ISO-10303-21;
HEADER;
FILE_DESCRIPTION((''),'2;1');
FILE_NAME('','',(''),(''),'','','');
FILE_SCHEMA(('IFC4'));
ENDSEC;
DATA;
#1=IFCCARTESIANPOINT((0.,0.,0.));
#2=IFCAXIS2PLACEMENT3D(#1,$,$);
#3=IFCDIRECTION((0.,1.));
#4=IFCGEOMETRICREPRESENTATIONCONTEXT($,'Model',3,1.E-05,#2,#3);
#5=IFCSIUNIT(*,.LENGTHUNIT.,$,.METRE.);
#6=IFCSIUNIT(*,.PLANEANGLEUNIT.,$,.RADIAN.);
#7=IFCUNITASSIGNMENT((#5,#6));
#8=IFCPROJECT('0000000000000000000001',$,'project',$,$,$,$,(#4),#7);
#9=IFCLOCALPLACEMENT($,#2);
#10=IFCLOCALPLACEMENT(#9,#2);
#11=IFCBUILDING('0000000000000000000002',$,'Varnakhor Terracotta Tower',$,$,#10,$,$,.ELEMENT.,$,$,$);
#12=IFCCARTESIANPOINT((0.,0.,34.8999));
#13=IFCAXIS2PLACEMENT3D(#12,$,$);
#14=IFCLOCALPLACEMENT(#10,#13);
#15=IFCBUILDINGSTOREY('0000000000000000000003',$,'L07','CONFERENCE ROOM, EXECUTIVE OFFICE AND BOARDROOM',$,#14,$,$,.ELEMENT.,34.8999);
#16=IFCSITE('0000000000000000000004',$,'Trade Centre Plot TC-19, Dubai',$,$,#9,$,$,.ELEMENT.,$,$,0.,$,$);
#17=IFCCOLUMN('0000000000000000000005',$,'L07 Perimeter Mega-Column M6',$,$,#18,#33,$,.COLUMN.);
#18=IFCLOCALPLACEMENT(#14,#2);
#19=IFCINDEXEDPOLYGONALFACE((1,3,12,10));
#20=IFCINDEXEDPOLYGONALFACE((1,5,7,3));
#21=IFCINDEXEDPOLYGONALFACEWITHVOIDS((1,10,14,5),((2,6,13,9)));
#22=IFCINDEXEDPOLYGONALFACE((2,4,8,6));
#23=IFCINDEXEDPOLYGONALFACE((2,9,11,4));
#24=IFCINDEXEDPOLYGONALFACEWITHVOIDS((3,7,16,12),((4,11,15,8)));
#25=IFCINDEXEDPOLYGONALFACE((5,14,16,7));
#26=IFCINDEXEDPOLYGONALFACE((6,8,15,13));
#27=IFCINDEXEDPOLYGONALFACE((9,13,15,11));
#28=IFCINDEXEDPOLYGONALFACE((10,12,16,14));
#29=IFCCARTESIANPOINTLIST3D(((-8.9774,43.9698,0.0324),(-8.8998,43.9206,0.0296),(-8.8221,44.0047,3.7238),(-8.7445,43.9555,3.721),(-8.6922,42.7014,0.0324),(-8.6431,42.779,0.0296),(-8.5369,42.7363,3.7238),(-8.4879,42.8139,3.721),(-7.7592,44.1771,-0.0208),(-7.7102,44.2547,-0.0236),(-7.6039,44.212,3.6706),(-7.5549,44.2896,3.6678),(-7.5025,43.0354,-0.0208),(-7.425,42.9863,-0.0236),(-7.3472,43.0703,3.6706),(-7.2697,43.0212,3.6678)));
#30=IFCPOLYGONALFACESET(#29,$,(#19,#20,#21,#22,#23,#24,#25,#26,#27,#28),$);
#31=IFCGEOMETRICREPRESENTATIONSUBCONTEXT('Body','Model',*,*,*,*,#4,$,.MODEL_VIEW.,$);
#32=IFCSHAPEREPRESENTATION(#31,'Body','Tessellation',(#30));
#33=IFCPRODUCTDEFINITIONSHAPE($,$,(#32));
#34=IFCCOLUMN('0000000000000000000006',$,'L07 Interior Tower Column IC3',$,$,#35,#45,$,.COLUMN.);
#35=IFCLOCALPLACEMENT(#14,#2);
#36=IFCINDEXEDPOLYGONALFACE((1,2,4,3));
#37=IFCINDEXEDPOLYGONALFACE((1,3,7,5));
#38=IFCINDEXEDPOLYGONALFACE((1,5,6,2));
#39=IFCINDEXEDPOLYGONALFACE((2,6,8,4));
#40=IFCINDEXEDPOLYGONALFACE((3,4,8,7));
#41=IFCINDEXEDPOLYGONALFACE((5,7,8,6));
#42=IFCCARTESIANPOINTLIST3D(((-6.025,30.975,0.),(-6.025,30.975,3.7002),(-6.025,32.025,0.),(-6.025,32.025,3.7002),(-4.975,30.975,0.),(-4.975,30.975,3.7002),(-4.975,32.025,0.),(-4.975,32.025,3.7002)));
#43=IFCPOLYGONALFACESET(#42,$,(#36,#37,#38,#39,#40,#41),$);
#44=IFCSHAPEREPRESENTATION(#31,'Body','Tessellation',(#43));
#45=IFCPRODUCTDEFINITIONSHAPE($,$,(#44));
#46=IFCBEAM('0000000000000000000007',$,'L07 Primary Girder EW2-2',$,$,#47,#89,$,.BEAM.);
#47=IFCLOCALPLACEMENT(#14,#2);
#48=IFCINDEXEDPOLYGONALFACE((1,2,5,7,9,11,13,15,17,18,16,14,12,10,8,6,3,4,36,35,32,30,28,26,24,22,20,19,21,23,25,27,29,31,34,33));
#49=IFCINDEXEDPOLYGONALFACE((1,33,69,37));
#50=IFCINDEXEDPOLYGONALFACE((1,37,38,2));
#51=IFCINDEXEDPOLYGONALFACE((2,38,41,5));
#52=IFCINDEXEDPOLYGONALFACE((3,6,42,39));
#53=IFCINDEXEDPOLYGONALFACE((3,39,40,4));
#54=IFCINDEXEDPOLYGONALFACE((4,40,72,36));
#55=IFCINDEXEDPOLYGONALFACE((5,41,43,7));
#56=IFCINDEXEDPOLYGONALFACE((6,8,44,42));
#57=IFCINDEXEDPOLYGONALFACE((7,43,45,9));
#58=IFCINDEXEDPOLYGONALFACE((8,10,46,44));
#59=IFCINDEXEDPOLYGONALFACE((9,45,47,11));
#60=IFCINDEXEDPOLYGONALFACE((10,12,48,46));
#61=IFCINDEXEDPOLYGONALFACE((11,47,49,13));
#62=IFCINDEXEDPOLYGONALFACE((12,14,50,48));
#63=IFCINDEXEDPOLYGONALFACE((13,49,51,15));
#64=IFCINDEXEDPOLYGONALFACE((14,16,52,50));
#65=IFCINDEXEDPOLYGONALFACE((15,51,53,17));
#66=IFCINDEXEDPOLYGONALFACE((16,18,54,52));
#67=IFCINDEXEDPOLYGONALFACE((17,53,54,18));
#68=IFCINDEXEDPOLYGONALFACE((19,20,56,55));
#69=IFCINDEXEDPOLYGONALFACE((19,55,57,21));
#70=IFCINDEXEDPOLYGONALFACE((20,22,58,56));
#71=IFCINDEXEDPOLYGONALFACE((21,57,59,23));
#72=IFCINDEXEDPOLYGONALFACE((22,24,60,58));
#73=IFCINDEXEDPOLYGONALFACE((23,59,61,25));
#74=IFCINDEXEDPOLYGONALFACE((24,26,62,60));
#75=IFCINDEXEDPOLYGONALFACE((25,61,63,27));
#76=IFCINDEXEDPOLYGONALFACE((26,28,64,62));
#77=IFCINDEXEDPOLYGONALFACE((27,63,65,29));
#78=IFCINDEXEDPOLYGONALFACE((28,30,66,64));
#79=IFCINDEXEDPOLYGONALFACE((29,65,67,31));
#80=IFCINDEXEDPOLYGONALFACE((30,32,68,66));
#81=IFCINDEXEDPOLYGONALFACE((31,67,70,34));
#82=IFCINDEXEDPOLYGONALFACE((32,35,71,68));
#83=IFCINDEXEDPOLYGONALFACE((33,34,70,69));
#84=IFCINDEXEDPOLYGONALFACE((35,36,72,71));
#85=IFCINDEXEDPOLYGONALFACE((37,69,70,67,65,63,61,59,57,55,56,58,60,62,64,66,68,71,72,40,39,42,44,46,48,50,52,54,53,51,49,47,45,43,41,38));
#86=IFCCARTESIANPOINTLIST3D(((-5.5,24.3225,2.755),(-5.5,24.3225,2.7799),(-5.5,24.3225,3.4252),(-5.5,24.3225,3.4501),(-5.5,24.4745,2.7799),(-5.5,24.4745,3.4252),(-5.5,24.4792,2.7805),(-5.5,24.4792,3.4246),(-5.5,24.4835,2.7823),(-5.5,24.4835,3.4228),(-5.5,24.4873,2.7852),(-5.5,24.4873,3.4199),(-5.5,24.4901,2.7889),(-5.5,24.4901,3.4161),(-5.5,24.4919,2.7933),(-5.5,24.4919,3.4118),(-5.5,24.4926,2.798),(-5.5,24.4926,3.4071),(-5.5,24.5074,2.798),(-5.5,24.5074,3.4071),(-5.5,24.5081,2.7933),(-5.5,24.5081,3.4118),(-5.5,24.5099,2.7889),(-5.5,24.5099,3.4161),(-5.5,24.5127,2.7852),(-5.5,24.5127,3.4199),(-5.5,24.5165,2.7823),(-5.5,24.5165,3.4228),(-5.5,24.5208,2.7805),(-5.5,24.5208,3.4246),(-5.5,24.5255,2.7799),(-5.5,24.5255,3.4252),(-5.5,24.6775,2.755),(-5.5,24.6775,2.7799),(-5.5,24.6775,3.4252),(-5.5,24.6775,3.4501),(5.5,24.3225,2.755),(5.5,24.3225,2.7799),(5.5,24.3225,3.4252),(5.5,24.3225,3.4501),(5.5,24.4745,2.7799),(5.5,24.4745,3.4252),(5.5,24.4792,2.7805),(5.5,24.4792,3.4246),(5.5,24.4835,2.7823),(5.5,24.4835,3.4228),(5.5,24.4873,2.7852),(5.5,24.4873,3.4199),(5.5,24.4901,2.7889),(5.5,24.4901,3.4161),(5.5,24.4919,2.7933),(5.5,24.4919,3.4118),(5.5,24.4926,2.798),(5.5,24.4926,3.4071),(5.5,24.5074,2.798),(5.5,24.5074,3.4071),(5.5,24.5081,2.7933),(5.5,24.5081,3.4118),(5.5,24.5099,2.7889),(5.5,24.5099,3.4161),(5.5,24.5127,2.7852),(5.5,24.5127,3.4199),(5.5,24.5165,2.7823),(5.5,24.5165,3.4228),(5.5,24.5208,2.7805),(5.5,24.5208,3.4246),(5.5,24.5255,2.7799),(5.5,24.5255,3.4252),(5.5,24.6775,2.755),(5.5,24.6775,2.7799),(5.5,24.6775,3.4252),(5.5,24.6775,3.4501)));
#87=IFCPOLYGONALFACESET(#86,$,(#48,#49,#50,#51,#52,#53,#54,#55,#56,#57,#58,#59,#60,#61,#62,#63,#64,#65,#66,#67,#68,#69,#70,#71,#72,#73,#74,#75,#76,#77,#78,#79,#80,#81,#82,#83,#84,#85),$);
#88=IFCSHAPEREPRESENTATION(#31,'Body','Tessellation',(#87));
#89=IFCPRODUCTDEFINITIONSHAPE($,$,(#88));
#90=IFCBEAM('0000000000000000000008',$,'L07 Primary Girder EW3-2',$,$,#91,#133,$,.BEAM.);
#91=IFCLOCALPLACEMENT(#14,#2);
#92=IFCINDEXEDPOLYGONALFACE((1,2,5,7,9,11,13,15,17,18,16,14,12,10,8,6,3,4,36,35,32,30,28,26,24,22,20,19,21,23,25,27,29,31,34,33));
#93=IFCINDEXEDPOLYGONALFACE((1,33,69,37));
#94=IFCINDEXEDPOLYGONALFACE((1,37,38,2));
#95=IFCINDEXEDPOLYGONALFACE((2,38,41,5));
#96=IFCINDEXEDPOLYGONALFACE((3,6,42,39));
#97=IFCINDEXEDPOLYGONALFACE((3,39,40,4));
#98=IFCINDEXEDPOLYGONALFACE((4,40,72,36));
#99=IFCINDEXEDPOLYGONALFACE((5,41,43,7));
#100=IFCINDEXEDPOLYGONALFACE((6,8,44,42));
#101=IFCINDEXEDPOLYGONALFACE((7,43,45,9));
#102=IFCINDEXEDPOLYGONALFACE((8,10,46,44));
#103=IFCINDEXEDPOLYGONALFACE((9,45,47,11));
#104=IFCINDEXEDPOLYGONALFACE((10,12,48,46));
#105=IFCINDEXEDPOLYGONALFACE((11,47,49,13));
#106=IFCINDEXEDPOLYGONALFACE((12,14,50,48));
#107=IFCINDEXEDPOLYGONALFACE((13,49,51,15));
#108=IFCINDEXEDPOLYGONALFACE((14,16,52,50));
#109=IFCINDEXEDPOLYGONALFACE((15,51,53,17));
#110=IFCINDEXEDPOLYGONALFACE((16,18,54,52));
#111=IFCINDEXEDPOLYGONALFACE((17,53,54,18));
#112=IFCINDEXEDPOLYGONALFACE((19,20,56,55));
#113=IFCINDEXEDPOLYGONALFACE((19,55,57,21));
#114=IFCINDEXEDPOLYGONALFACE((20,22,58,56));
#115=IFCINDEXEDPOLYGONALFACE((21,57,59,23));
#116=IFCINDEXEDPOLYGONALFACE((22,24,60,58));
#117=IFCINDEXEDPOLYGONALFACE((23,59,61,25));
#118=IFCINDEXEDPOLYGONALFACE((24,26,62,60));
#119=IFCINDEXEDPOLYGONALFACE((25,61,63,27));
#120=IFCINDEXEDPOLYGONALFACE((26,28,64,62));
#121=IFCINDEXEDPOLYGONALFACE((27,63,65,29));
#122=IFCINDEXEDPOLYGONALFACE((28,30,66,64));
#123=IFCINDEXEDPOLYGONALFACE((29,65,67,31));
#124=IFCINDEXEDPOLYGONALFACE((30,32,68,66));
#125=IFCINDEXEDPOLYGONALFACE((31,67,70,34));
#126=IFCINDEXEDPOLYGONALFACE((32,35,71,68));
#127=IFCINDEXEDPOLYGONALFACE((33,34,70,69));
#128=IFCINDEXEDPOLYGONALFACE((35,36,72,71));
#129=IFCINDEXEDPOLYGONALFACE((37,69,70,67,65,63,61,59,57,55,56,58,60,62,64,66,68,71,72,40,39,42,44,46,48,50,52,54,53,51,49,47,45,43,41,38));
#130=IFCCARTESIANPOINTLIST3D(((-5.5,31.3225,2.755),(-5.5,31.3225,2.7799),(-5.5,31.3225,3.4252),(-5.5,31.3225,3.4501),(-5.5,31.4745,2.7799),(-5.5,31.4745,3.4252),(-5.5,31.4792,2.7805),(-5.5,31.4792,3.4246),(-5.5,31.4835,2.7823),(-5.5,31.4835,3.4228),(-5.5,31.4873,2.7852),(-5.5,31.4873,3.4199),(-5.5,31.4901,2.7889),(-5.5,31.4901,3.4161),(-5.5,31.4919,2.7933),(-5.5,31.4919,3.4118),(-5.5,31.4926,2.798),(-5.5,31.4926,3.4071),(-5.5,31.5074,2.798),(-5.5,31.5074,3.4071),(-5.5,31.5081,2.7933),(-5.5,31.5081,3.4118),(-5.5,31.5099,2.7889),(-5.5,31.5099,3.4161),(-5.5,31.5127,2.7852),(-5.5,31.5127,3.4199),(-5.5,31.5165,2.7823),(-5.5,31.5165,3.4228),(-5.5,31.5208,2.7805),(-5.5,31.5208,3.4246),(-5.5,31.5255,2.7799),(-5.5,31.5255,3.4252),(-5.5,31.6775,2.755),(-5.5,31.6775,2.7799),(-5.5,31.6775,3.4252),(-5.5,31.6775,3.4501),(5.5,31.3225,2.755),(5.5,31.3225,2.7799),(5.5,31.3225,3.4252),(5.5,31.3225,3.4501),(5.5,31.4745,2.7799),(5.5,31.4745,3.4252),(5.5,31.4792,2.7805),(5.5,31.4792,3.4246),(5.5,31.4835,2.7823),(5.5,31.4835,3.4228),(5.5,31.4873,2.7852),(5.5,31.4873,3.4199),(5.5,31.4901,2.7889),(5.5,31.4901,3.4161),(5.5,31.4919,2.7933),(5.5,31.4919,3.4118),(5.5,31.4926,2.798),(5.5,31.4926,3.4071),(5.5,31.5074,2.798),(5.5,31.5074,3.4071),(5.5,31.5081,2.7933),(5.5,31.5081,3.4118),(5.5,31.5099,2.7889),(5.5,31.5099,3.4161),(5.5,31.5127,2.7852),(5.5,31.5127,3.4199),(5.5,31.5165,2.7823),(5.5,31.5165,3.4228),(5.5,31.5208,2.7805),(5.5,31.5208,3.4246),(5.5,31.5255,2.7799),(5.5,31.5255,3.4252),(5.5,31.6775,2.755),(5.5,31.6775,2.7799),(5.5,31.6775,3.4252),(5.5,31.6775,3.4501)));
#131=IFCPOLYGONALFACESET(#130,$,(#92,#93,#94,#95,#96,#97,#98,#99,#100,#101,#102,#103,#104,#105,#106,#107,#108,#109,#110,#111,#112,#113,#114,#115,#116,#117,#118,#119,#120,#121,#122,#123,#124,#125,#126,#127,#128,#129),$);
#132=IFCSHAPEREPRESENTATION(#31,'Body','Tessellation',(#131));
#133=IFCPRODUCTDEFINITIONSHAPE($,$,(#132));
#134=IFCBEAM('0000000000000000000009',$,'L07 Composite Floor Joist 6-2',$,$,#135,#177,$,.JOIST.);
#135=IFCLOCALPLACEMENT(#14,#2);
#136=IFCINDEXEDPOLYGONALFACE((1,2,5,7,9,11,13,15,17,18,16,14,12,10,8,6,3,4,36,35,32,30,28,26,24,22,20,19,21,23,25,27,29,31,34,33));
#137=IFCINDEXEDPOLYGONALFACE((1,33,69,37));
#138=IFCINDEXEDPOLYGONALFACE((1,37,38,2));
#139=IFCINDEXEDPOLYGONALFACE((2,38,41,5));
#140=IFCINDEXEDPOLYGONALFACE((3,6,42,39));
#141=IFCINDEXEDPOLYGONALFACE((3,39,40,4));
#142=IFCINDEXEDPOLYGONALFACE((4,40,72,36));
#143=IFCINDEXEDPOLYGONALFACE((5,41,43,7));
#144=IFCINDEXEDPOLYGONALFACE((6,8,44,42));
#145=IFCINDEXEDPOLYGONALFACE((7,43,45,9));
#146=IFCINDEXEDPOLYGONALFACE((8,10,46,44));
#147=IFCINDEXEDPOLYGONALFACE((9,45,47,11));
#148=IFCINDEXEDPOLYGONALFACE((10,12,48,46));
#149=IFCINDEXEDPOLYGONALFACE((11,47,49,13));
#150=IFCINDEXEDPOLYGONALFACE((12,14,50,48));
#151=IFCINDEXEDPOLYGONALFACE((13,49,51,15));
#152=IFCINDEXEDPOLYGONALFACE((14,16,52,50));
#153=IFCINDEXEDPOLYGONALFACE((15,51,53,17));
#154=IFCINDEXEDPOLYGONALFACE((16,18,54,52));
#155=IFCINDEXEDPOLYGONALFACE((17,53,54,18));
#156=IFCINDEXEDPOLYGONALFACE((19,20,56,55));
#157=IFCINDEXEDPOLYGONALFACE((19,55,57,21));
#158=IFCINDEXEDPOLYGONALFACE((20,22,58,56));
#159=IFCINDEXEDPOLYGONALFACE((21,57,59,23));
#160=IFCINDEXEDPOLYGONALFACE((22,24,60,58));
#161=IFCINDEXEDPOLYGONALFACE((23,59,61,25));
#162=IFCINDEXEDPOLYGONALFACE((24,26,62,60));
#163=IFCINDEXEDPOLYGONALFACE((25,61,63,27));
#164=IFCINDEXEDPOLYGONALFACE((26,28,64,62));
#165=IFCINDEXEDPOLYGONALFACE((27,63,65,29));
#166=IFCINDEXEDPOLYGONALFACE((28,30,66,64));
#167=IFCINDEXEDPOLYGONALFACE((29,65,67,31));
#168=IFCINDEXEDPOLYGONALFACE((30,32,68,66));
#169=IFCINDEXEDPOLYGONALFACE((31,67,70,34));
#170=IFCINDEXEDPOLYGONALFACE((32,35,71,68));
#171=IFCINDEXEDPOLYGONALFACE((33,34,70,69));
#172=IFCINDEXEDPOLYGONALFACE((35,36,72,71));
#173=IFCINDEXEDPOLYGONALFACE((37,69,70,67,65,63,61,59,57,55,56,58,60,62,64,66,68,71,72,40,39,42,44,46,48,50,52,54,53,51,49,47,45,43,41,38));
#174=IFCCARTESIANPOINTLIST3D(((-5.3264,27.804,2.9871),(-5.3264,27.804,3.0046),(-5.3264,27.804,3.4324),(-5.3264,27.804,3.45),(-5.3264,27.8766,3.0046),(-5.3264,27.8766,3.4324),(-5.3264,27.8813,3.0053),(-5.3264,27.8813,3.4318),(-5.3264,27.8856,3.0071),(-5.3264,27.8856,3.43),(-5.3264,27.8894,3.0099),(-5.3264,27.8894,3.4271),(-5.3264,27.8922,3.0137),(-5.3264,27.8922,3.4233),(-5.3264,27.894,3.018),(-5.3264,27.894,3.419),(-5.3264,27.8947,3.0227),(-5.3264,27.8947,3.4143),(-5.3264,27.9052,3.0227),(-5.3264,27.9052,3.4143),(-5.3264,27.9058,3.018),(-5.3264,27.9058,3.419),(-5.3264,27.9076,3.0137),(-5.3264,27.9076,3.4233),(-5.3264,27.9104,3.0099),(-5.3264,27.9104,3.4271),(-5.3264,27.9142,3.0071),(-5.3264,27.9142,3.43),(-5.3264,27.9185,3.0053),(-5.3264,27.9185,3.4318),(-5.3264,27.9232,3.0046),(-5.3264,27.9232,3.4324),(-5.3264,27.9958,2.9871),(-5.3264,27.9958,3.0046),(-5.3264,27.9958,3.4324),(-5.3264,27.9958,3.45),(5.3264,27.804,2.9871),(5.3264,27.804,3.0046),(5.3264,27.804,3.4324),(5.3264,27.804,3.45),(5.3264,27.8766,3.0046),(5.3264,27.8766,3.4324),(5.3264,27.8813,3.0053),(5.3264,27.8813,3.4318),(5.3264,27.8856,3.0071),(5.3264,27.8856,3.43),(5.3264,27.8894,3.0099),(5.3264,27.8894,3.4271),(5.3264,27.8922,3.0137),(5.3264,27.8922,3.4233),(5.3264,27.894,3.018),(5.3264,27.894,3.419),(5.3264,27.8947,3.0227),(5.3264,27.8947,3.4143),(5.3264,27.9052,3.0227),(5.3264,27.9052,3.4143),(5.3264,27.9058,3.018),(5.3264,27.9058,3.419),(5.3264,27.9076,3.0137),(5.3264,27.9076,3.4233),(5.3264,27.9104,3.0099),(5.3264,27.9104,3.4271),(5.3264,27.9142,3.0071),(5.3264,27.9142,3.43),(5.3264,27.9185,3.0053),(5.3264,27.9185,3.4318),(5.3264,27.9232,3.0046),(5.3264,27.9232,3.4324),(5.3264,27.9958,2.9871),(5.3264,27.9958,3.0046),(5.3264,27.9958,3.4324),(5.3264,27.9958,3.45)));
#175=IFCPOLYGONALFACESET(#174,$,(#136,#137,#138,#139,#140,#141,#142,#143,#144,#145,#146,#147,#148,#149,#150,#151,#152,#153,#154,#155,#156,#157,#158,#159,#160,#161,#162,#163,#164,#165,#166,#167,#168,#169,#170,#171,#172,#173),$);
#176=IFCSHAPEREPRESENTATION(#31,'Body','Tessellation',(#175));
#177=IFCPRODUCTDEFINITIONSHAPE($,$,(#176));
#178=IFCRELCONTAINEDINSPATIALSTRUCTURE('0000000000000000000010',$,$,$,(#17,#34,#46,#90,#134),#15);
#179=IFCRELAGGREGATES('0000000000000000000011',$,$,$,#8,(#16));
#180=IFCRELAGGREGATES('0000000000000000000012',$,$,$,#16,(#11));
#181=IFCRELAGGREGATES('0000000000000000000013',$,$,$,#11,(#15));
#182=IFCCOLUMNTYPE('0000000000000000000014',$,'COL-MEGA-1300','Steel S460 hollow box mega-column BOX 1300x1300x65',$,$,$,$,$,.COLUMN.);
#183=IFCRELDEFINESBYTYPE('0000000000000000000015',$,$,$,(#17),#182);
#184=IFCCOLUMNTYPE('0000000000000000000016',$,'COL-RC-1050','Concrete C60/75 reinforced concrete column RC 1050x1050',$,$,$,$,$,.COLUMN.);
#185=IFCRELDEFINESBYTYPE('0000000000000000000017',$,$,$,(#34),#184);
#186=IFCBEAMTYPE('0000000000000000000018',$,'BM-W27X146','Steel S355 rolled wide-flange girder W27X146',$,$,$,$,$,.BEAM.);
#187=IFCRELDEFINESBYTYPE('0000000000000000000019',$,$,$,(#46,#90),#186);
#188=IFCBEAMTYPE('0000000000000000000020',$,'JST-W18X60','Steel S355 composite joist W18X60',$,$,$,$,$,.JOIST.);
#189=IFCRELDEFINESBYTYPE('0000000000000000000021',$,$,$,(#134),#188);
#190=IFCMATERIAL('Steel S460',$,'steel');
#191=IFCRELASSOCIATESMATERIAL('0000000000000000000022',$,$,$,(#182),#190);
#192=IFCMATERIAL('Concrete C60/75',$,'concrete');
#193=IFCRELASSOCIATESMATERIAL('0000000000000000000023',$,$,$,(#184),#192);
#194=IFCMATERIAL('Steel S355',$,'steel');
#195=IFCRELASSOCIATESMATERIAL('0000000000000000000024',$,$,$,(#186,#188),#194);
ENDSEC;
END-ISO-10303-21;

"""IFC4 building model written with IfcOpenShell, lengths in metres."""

from ifc_helpers import new_model, si_unit, direction, frame, origin, origin_2d, place, context, subcontext, project, spatial, rectangle, hollow_rectangle, i_section, extrude, source, transform, mapped, material, material_profile, profile_set, type_object, element, save


model = new_model("IFC4")

# Units and contexts
model_context = context("Model", 3, precision=1e-05, world=origin(), true_north=direction((0.0, 1.0)))
body_context = subcontext(model_context, "Body", "Model", "MODEL_VIEW")
ifc_project = project(units=[si_unit("LENGTHUNIT", "METRE"), si_unit("PLANEANGLEUNIT", "RADIAN")], contexts=[model_context])

# Site, building, storey
site_placement = place(None, origin())
site = spatial("IfcSite", under=ifc_project, at=site_placement, Name="Trade Centre Plot TC-19, Dubai", CompositionType="ELEMENT", RefElevation=0.0)
building_placement = place(site_placement, origin())
building = spatial("IfcBuilding", under=site, at=building_placement, Name="Varnakhor Terracotta Tower", CompositionType="ELEMENT")
storey_placement = place(building_placement, frame((0.0, 0.0, 34.8999)))
storey = spatial("IfcBuildingStorey", under=building, at=storey_placement, Name="L07", Description="CONFERENCE ROOM, EXECUTIVE OFFICE AND BOARDROOM", CompositionType="ELEMENT", Elevation=34.8999)

# Columns
ifc_material_1 = material(Name="Steel S460", Category="steel")
ifc_material_profile_1 = material_profile(ifc_material_1, hollow_rectangle(XDim=1.3, YDim=1.3, WallThickness=0.0649, at=origin_2d()), Name="BOX 1300x1300x65")
ifc_profile_set_1 = profile_set([ifc_material_profile_1], Name="Steel S460")
column_type_1 = type_object("IfcColumnType", Name="COL-MEGA-1300", Description="Steel S460 hollow box mega-column BOX 1300x1300x65", PredefinedType="COLUMN", material=ifc_profile_set_1)
shared_shape_1 = source(origin(), body_context, "Body", "SweptSolid", [
    extrude(hollow_rectangle(XDim=1.3, YDim=1.3, WallThickness=0.0649, at=origin_2d()), origin(), (0.0, 0.0, 1.0), 3.6948),
])
column_1_placement = place(storey_placement, frame((-8.2012, 43.478, 0.0044), z_axis=(0.042024, 0.009449, 0.999072), x_axis=(-0.219366, 0.975643, 0.0)))
element("IfcColumn", 1, at=column_1_placement, inside=storey, type_object=column_type_1, Name="L07 Perimeter Mega-Column M6", PredefinedType="COLUMN", context=body_context, shape_type="MappedRepresentation", body=[
    mapped(shared_shape_1, transform((0.0, 0.0, 0.0), scale=1.0)),
])
ifc_material_2 = material(Name="Concrete C60/75", Category="concrete")
ifc_material_profile_2 = material_profile(ifc_material_2, rectangle(XDim=1.05, YDim=1.05, at=origin_2d()), Name="RC 1050x1050")
ifc_profile_set_2 = profile_set([ifc_material_profile_2], Name="Concrete C60/75")
column_type_2 = type_object("IfcColumnType", Name="COL-RC-1050", Description="Concrete C60/75 reinforced concrete column RC 1050x1050", PredefinedType="COLUMN", material=ifc_profile_set_2)
shared_shape_2 = source(origin(), body_context, "Body", "SweptSolid", [
    extrude(rectangle(XDim=1.05, YDim=1.05, at=origin_2d()), origin(), (0.0, 0.0, 1.0), 3.7002),
])
column_2_placement = place(storey_placement, frame((-5.5, 31.5, 0.0), z_axis=(0.0, 0.0, 1.0), x_axis=(1.0, 0.0, 0.0)))
element("IfcColumn", 2, at=column_2_placement, inside=storey, type_object=column_type_2, Name="L07 Interior Tower Column IC3", PredefinedType="COLUMN", context=body_context, shape_type="MappedRepresentation", body=[
    mapped(shared_shape_2, transform((0.0, 0.0, 0.0), scale=1.0)),
])

# Beams
ifc_material_3 = material(Name="Steel S355", Category="steel")
ifc_material_profile_3 = material_profile(ifc_material_3, i_section(OverallWidth=0.355, OverallDepth=0.6951, WebThickness=0.0149, FlangeThickness=0.0249, FilletRadius=0.0181, at=origin_2d()), Name="W27X146")
ifc_profile_set_3 = profile_set([ifc_material_profile_3], Name="Steel S355")
beam_type_1 = type_object("IfcBeamType", Name="BM-W27X146", Description="Steel S355 rolled wide-flange girder W27X146", PredefinedType="BEAM", material=ifc_profile_set_3)
shared_shape_3 = source(origin(), body_context, "Body", "SweptSolid", [
    extrude(i_section(OverallWidth=0.355, OverallDepth=0.6951, WebThickness=0.0149, FlangeThickness=0.0249, FilletRadius=0.0181, at=origin_2d()), origin(), (0.0, 0.0, 1.0), 11.0),
])
for number, where, z_axis, x_axis, name in (
    (3, (-5.5, 24.5, 3.1025), (1.0, 0.0, 0.0), (0.0, 1.0, 0.0), "L07 Primary Girder EW2-2"),
    (4, (-5.5, 31.5, 3.1025), (1.0, 0.0, 0.0), (0.0, 1.0, 0.0), "L07 Primary Girder EW3-2"),
):
    element("IfcBeam", number, at=place(storey_placement, frame(where, z_axis=z_axis, x_axis=x_axis)), inside=storey, type_object=beam_type_1, Name=name, PredefinedType="BEAM", context=body_context, shape_type="MappedRepresentation", body=[
        mapped(shared_shape_3, transform((0.0, 0.0, 0.0), scale=1.0)),
    ])
ifc_material_profile_4 = material_profile(ifc_material_3, i_section(OverallWidth=0.1919, OverallDepth=0.4629, WebThickness=0.0105, FlangeThickness=0.0176, FilletRadius=0.0181, at=origin_2d()), Name="W18X60")
ifc_profile_set_4 = profile_set([ifc_material_profile_4], Name="Steel S355")
beam_type_2 = type_object("IfcBeamType", Name="JST-W18X60", Description="Steel S355 composite joist W18X60", PredefinedType="JOIST", material=ifc_profile_set_4)
shared_shape_4 = source(origin(), body_context, "Body", "SweptSolid", [
    extrude(i_section(OverallWidth=0.1919, OverallDepth=0.4629, WebThickness=0.0105, FlangeThickness=0.0176, FilletRadius=0.0181, at=origin_2d()), origin(), (0.0, 0.0, 1.0), 10.6528),
])
for number, where, z_axis, x_axis, name in (
    (5, (-5.3264, 27.8999, 3.2185), (1.0, 0.0, 0.0), (0.0, 1.0, 0.0), "L07 Composite Floor Joist 6-2"),
):
    element("IfcBeam", number, at=place(storey_placement, frame(where, z_axis=z_axis, x_axis=x_axis)), inside=storey, type_object=beam_type_2, Name=name, PredefinedType="JOIST", context=body_context, shape_type="MappedRepresentation", body=[
        mapped(shared_shape_4, transform((0.0, 0.0, 0.0), scale=1.0)),
    ])

save(model, "model.ifc")
